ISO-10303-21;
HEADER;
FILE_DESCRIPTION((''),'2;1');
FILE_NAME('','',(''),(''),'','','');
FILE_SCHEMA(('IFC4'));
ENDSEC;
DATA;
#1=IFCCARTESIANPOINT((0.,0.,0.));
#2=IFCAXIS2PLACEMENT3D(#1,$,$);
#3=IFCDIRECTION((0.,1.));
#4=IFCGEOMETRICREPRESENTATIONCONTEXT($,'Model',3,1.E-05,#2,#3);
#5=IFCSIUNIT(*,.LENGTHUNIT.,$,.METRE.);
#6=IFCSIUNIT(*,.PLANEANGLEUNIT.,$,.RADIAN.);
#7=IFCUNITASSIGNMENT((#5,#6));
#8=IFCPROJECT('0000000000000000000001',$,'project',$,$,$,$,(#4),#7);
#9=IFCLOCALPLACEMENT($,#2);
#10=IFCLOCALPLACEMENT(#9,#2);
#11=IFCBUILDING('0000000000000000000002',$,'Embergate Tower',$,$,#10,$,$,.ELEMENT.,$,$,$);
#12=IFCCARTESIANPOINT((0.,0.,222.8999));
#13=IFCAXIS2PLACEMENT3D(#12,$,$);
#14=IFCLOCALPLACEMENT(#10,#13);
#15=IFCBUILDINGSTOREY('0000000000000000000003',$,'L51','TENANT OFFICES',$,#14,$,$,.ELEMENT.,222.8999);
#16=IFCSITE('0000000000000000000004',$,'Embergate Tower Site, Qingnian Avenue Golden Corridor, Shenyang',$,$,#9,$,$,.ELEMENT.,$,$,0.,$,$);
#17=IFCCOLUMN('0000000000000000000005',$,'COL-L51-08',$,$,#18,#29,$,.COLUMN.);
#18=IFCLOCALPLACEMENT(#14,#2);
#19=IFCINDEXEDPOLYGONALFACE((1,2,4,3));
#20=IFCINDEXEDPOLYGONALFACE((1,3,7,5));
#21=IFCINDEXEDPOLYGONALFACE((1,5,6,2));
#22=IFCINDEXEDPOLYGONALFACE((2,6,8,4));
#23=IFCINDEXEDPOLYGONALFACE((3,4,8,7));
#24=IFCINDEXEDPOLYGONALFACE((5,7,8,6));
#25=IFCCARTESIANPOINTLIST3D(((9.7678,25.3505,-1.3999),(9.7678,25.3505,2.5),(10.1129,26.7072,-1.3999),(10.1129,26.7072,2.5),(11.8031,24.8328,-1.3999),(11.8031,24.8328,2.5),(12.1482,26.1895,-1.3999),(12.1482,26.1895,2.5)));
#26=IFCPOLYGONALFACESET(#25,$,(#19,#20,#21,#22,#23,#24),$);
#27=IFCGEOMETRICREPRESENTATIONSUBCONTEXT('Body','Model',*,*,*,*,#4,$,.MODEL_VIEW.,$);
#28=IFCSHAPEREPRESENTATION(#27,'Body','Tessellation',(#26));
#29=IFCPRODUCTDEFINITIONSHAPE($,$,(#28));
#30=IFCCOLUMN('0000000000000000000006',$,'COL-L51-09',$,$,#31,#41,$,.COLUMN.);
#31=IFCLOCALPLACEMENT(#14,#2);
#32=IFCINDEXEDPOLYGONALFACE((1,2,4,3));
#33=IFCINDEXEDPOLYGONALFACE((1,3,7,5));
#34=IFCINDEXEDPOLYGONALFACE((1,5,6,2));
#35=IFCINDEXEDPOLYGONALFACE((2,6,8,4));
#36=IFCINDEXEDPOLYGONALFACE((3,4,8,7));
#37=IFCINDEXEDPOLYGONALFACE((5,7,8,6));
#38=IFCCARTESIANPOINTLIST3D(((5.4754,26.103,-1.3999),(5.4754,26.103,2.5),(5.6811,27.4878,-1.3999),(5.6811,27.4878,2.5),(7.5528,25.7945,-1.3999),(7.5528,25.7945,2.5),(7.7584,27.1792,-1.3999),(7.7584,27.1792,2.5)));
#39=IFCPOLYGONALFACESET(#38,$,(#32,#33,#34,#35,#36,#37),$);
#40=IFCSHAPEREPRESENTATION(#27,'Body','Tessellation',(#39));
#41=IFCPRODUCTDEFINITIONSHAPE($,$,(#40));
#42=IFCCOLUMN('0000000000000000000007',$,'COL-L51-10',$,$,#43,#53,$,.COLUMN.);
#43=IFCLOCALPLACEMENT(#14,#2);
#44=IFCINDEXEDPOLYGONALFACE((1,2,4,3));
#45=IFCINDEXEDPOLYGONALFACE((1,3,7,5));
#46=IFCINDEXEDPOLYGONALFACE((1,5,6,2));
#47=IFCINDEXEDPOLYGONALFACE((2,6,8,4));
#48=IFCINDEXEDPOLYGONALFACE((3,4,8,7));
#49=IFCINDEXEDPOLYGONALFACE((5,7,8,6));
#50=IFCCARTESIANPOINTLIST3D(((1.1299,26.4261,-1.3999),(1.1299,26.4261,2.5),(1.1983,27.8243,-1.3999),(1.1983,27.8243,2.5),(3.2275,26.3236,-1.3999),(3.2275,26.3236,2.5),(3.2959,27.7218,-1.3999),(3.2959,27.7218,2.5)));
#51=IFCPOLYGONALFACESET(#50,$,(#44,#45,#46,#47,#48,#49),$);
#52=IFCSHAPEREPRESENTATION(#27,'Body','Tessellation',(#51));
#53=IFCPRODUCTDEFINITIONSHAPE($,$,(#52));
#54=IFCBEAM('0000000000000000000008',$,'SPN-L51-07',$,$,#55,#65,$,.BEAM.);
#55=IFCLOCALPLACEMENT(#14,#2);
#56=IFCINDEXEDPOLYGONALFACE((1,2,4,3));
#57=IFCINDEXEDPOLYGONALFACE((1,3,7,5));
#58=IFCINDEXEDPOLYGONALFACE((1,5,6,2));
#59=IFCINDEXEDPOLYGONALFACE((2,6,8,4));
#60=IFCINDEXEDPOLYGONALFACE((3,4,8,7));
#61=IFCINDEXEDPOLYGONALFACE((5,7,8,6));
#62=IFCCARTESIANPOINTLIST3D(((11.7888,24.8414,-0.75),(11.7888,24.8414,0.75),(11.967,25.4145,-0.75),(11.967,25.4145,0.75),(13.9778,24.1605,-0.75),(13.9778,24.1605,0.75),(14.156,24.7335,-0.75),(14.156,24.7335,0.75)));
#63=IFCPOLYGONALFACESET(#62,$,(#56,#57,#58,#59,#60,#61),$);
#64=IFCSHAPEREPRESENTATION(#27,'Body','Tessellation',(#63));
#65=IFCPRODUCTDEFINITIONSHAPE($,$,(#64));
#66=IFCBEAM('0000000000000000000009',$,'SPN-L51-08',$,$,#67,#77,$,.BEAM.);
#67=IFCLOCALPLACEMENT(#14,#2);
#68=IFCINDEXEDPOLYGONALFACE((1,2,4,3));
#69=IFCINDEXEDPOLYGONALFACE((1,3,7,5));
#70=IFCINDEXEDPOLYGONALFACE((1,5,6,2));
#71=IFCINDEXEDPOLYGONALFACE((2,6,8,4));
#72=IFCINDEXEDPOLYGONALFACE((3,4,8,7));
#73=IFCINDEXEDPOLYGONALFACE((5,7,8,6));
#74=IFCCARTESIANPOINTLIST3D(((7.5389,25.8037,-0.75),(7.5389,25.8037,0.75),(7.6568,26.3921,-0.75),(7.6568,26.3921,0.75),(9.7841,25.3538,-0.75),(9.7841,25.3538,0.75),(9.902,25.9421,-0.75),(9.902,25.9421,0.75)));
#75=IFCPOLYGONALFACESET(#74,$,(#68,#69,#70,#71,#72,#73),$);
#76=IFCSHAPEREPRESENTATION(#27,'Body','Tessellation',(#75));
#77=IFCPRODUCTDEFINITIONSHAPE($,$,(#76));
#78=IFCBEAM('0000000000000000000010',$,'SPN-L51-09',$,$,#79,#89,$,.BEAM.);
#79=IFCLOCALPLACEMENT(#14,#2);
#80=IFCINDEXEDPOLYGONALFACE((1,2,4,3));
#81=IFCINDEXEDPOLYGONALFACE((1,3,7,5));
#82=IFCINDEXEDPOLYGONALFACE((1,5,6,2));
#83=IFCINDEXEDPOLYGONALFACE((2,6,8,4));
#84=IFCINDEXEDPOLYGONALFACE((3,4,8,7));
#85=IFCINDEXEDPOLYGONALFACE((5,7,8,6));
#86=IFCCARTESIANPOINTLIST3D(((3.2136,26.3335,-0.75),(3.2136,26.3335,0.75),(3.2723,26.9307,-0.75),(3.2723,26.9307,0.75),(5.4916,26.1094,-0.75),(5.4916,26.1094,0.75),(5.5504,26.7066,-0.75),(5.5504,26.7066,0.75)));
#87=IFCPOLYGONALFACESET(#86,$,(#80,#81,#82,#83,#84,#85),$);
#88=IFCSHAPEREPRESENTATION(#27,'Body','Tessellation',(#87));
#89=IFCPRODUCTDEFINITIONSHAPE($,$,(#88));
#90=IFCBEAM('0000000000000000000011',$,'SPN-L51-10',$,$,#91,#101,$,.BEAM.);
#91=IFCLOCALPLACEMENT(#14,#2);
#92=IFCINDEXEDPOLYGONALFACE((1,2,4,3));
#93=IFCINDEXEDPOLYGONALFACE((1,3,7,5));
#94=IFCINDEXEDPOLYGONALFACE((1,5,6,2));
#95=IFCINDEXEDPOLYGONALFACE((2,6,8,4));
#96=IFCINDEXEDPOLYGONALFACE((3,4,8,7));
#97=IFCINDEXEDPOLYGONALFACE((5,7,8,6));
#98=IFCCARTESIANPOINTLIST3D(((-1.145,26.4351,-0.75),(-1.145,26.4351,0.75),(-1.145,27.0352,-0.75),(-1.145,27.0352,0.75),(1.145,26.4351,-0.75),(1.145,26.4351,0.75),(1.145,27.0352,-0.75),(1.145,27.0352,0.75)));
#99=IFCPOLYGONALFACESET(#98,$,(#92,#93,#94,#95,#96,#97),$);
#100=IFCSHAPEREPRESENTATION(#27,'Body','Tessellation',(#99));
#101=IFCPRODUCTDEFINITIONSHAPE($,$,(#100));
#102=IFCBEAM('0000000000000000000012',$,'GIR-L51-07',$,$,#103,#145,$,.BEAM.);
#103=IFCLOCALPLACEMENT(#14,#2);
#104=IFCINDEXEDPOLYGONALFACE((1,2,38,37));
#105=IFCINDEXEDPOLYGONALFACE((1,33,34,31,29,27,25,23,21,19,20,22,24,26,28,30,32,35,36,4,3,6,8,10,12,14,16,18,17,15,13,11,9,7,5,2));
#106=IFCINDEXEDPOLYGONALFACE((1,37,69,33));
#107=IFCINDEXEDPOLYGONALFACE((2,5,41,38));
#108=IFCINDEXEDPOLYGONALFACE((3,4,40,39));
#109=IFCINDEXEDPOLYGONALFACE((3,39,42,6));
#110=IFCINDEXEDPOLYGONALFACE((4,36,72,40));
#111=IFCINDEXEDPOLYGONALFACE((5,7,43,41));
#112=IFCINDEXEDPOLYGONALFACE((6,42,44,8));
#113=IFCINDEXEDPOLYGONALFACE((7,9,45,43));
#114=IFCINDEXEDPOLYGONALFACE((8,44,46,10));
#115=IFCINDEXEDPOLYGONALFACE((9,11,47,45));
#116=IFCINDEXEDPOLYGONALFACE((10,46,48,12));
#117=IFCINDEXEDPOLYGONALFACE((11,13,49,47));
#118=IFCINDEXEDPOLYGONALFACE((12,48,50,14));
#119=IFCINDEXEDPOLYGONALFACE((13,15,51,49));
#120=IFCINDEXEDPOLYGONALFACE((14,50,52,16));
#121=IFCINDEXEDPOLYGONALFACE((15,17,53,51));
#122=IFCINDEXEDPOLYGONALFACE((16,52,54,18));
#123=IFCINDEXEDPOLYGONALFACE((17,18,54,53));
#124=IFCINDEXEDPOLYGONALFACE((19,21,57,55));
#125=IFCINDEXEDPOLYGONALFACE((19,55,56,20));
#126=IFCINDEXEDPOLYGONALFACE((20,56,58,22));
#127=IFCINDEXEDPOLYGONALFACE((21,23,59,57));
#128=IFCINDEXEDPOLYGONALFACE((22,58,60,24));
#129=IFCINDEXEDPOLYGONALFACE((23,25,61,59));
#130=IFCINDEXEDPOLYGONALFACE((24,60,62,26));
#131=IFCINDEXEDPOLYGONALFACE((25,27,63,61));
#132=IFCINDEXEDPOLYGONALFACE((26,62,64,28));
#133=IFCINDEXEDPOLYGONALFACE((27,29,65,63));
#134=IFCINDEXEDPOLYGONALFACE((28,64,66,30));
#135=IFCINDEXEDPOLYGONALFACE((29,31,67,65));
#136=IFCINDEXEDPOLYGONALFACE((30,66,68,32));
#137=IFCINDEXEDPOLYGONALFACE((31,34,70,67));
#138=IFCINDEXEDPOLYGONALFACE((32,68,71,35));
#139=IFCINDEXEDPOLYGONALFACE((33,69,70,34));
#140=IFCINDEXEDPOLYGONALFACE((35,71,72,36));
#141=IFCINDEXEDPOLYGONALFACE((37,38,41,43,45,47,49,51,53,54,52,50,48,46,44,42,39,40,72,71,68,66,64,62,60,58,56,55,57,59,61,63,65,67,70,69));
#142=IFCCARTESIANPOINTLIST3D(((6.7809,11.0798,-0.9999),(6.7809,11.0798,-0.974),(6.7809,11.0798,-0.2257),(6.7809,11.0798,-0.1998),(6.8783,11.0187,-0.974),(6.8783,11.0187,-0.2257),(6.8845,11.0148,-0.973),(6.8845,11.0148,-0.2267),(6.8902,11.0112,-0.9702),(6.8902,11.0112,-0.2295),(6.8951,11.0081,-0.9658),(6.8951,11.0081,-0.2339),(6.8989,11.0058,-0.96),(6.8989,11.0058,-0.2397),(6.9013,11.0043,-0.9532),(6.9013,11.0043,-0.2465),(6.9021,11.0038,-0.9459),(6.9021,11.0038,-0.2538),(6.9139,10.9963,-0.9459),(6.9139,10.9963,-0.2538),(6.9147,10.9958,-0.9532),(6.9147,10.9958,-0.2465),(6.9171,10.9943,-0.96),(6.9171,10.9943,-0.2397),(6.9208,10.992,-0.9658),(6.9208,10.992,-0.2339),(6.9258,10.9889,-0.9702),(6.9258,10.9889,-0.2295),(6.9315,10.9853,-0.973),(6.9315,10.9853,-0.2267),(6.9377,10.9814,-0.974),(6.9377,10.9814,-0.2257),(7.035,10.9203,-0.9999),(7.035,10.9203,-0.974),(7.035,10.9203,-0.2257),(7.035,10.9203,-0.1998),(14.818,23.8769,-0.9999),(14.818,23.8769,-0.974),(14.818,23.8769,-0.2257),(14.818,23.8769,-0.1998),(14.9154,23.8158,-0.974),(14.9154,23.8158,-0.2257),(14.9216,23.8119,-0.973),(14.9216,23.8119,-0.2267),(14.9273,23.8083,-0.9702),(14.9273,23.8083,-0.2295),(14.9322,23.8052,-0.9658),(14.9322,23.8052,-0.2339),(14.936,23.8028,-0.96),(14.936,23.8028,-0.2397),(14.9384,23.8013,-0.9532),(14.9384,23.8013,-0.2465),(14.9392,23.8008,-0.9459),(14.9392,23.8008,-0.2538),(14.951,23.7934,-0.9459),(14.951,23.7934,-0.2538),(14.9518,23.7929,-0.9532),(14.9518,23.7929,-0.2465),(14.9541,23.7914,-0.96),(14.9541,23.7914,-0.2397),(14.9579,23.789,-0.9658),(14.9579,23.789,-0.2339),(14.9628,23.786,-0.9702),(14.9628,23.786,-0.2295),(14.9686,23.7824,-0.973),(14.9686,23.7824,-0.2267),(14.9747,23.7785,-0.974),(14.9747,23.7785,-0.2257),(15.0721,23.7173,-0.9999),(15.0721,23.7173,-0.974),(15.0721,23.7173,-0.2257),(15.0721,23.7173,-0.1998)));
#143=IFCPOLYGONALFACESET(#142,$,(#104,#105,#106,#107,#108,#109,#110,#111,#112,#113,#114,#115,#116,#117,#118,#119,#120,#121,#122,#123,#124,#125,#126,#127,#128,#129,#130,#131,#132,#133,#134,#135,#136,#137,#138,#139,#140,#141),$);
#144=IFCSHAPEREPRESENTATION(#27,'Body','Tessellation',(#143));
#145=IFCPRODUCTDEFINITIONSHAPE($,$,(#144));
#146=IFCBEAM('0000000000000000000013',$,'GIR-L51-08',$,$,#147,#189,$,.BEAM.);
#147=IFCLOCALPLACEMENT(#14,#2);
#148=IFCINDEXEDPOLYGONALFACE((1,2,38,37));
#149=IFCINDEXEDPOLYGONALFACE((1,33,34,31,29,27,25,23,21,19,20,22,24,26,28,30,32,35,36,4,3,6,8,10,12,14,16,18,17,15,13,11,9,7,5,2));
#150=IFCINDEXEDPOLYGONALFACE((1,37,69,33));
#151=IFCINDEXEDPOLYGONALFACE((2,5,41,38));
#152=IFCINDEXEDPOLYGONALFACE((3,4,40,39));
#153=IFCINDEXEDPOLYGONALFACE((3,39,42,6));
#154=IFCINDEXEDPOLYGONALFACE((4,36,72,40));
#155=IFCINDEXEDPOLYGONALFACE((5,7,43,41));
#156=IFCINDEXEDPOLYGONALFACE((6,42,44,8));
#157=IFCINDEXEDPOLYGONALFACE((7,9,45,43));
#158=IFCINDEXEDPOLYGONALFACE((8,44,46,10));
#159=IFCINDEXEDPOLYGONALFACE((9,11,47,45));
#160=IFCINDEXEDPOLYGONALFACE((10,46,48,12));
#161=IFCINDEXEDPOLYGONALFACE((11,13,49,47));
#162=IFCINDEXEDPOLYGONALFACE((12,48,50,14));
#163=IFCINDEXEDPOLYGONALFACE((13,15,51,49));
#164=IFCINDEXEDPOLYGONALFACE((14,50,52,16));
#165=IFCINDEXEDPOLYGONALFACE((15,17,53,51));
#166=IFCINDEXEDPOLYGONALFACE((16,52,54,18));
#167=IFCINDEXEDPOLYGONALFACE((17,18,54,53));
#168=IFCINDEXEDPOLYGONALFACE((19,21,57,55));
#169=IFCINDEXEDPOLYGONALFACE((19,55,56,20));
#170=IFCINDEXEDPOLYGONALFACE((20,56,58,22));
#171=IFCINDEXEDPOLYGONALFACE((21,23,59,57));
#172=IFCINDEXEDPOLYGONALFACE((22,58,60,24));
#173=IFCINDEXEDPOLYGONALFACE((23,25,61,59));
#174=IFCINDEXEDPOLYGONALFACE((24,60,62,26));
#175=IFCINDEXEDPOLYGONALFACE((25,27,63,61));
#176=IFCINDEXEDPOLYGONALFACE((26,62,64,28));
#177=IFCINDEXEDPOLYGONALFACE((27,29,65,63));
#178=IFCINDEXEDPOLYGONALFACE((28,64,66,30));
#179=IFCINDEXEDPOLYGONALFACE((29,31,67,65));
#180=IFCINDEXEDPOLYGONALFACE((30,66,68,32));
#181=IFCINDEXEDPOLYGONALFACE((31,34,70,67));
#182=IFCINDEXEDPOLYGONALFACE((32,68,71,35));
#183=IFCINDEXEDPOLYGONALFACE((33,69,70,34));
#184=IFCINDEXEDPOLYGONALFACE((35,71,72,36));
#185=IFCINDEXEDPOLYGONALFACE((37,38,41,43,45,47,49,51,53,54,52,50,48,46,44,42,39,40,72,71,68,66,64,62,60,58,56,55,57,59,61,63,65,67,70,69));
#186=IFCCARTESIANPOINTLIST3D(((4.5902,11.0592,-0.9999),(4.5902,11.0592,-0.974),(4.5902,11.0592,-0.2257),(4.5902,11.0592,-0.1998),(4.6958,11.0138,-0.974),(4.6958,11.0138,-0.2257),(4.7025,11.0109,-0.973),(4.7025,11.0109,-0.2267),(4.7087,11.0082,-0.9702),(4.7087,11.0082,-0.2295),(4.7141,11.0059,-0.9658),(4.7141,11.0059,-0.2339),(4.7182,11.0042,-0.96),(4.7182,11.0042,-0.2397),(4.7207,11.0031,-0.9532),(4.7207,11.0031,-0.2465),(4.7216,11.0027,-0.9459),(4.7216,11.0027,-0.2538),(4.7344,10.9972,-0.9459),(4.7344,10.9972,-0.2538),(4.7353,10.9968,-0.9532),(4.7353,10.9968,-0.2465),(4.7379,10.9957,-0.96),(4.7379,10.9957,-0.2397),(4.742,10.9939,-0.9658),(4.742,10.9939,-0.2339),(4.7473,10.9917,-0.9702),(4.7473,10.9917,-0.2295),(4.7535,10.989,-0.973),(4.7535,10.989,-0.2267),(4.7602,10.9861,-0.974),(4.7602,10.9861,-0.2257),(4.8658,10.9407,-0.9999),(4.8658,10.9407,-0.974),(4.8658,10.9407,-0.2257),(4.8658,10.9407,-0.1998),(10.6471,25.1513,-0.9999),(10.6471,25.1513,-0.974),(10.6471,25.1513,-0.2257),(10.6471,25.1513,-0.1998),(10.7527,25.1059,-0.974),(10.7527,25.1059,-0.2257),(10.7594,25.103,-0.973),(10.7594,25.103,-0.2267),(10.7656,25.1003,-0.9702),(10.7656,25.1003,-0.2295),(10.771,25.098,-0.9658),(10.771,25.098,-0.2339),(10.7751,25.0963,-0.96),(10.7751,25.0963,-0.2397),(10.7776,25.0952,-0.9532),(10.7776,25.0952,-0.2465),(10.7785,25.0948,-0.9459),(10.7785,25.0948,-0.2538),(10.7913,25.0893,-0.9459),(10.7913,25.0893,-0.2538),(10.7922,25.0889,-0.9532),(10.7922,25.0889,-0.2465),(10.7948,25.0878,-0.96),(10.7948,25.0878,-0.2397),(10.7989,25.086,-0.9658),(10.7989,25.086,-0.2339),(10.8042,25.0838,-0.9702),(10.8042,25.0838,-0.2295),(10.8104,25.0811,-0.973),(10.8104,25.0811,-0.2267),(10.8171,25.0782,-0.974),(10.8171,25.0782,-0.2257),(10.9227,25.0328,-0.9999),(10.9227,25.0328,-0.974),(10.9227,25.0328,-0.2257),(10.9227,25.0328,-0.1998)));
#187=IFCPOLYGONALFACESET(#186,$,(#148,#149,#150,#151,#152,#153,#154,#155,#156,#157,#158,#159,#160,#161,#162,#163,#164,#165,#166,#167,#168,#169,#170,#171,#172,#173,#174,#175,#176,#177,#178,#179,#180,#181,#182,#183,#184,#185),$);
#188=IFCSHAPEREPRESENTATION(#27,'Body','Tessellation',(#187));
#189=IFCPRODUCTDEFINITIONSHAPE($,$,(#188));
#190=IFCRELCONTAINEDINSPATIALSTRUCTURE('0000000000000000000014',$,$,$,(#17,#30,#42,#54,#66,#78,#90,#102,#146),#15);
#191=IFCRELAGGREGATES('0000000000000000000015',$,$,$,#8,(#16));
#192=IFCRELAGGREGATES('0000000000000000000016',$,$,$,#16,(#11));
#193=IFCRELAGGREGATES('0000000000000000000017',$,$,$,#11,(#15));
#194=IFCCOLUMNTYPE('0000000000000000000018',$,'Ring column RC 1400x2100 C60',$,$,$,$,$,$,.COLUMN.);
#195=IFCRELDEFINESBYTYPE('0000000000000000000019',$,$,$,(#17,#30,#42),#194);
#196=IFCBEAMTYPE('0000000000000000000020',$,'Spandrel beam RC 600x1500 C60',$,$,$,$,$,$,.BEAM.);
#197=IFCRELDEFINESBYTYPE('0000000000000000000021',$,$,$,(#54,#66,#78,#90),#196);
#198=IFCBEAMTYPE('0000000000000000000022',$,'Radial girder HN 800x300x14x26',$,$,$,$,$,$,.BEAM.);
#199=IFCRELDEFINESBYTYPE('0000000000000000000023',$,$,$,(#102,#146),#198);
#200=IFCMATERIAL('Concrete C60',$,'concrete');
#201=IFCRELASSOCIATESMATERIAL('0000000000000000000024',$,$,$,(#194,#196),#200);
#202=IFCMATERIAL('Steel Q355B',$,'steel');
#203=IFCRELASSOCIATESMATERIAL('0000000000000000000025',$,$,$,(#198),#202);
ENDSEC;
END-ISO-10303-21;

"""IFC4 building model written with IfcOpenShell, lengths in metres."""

from ifc_helpers import new_model, si_unit, direction, frame, origin, origin_2d, place, context, subcontext, project, spatial, rectangle, i_section, extrude, source, transform, mapped, material, material_profile, profile_set, type_object, element, save


model = new_model("IFC4")

# Units and contexts
model_context = context("Model", 3, precision=1e-05, world=origin(), true_north=direction((0.0, 1.0)))
body_context = subcontext(model_context, "Body", "Model", "MODEL_VIEW")
ifc_project = project(units=[si_unit("LENGTHUNIT", "METRE"), si_unit("PLANEANGLEUNIT", "RADIAN")], contexts=[model_context])

# Site, building, storey
site_placement = place(None, origin())
site = spatial("IfcSite", under=ifc_project, at=site_placement, Name="Embergate Tower Site, Qingnian Avenue Golden Corridor, Shenyang", CompositionType="ELEMENT", RefElevation=0.0)
building_placement = place(site_placement, origin())
building = spatial("IfcBuilding", under=site, at=building_placement, Name="Embergate Tower", CompositionType="ELEMENT")
storey_placement = place(building_placement, frame((0.0, 0.0, 222.8999)))
storey = spatial("IfcBuildingStorey", under=building, at=storey_placement, Name="L51", Description="TENANT OFFICES", CompositionType="ELEMENT", Elevation=222.8999)

# Columns
ifc_material_1 = material(Name="Concrete C60", Category="concrete")
ifc_material_profile_1 = material_profile(ifc_material_1, rectangle(XDim=1.3999, YDim=2.1001, at=origin_2d()), Name="RC 1400x2100")
ifc_profile_set_1 = profile_set([ifc_material_profile_1], Name="Concrete C60")
column_type = type_object("IfcColumnType", Name="Ring column RC 1400x2100 C60", PredefinedType="COLUMN", material=ifc_profile_set_1)
shared_shape_1 = source(origin(), body_context, "Body", "SweptSolid", [
    extrude(rectangle(XDim=1.3999, YDim=2.1001, at=origin_2d()), origin(), (0.0, 0.0, 1.0), 3.8999),
])
for number, where, z_axis, x_axis, name in (
    (1, (10.958, 25.77, -1.3999), (0.0, 0.0, 1.0), (0.246509, 0.969141, 0.0), "COL-L51-08"),
    (2, (6.6169, 26.6411, -1.3999), (0.0, 0.0, 1.0), (0.146929, 0.989147, 0.0), "COL-L51-09"),
    (3, (2.2129, 27.074, -1.3999), (0.0, 0.0, 1.0), (0.048815, 0.998808, 0.0), "COL-L51-10"),
):
    element("IfcColumn", number, at=place(storey_placement, frame(where, z_axis=z_axis, x_axis=x_axis)), inside=storey, type_object=column_type, Name=name, PredefinedType="COLUMN", context=body_context, shape_type="MappedRepresentation", body=[
        mapped(shared_shape_1, transform((0.0, 0.0, 0.0))),
    ])

# Beams
ifc_material_profile_2 = material_profile(ifc_material_1, rectangle(XDim=0.6001, YDim=1.5, at=origin_2d()), Name="RC 600x1500")
ifc_profile_set_2 = profile_set([ifc_material_profile_2], Name="Concrete C60")
beam_type_1 = type_object("IfcBeamType", Name="Spandrel beam RC 600x1500 C60", PredefinedType="BEAM", material=ifc_profile_set_2)
shared_shape_2 = source(origin(), body_context, "Body", "SweptSolid", [
    extrude(rectangle(XDim=0.6001, YDim=1.5, at=origin_2d()), origin(), (0.0, 0.0, 1.0), 2.2925),
])
beam_1_placement = place(storey_placement, frame((14.0669, 24.447, 0.0), z_axis=(-0.95487, 0.297026, 0.0), x_axis=(-0.297026, -0.95487, 0.0)))
element("IfcBeam", 4, at=beam_1_placement, inside=storey, type_object=beam_type_1, Name="SPN-L51-07", PredefinedType="BEAM", context=body_context, shape_type="MappedRepresentation", body=[
    mapped(shared_shape_2, transform((0.0, 0.0, 0.0))),
])
shared_shape_3 = source(origin(), body_context, "Body", "SweptSolid", [
    extrude(rectangle(XDim=0.6001, YDim=1.5, at=origin_2d()), origin(), (0.0, 0.0, 1.0), 2.2898),
])
beam_2_placement = place(storey_placement, frame((9.843, 25.6479, 0.0), z_axis=(-0.980503, 0.196506, 0.0), x_axis=(-0.196506, -0.980503, 0.0)))
element("IfcBeam", 5, at=beam_2_placement, inside=storey, type_object=beam_type_1, Name="SPN-L51-08", PredefinedType="BEAM", context=body_context, shape_type="MappedRepresentation", body=[
    mapped(shared_shape_3, transform((0.0, 0.0, 0.0))),
])
shared_shape_4 = source(origin(), body_context, "Body", "SweptSolid", [
    extrude(rectangle(XDim=0.6001, YDim=1.5, at=origin_2d()), origin(), (0.0, 0.0, 1.0), 2.2891),
])
beam_3_placement = place(storey_placement, frame((5.521, 26.408, 0.0), z_axis=(-0.995195, 0.097909, 0.0), x_axis=(-0.097909, -0.995195, 0.0)))
element("IfcBeam", 6, at=beam_3_placement, inside=storey, type_object=beam_type_1, Name="SPN-L51-09", PredefinedType="BEAM", context=body_context, shape_type="MappedRepresentation", body=[
    mapped(shared_shape_4, transform((0.0, 0.0, 0.0))),
])
shared_shape_5 = source(origin(), body_context, "Body", "SweptSolid", [
    extrude(rectangle(XDim=0.6001, YDim=1.5, at=origin_2d()), origin(), (0.0, 0.0, 1.0), 2.29),
])
beam_4_placement = place(storey_placement, frame((1.145, 26.7351, 0.0), z_axis=(-1.0, 0.0, 0.0), x_axis=(0.0, -1.0, 0.0)))
element("IfcBeam", 7, at=beam_4_placement, inside=storey, type_object=beam_type_1, Name="SPN-L51-10", PredefinedType="BEAM", context=body_context, shape_type="MappedRepresentation", body=[
    mapped(shared_shape_5, transform((0.0, 0.0, 0.0))),
])
ifc_material_2 = material(Name="Steel Q355B", Category="steel")
ifc_material_profile_3 = material_profile(ifc_material_2, i_section(OverallWidth=0.3, OverallDepth=0.8, WebThickness=0.0139, FlangeThickness=0.0259, FilletRadius=0.0281, at=origin_2d()), Name="HN 800x300x14x26")
ifc_profile_set_3 = profile_set([ifc_material_profile_3], Name="Steel Q355 grade B")
beam_type_2 = type_object("IfcBeamType", Name="Radial girder HN 800x300x14x26", PredefinedType="BEAM", material=ifc_profile_set_3)
shared_shape_6 = source(origin(), body_context, "Body", "SweptSolid", [
    extrude(i_section(OverallWidth=0.3, OverallDepth=0.8, WebThickness=0.0139, FlangeThickness=0.0259, FilletRadius=0.0281, at=origin_2d()), origin(), (0.0, 0.0, 1.0), 15.1116),
])
beam_5_placement = place(storey_placement, frame((14.9451, 23.7971, -0.5999), z_axis=(-0.531849, -0.846839, 0.0), x_axis=(0.846839, -0.531849, 0.0)))
element("IfcBeam", 8, at=beam_5_placement, inside=storey, type_object=beam_type_2, Name="GIR-L51-07", PredefinedType="BEAM", context=body_context, shape_type="MappedRepresentation", body=[
    mapped(shared_shape_6, transform((0.0, 0.0, 0.0))),
])
shared_shape_7 = source(origin(), body_context, "Body", "SweptSolid", [
    extrude(i_section(OverallWidth=0.3, OverallDepth=0.8, WebThickness=0.0139, FlangeThickness=0.0259, FilletRadius=0.0281, at=origin_2d()), origin(), (0.0, 0.0, 1.0), 15.3386),
])
beam_6_placement = place(storey_placement, frame((10.7849, 25.092, -0.5999), z_axis=(-0.39488, -0.918733, 0.0), x_axis=(0.918733, -0.39488, 0.0)))
element("IfcBeam", 9, at=beam_6_placement, inside=storey, type_object=beam_type_2, Name="GIR-L51-08", PredefinedType="BEAM", context=body_context, shape_type="MappedRepresentation", body=[
    mapped(shared_shape_7, transform((0.0, 0.0, 0.0))),
])

save(model, "model.ifc")
